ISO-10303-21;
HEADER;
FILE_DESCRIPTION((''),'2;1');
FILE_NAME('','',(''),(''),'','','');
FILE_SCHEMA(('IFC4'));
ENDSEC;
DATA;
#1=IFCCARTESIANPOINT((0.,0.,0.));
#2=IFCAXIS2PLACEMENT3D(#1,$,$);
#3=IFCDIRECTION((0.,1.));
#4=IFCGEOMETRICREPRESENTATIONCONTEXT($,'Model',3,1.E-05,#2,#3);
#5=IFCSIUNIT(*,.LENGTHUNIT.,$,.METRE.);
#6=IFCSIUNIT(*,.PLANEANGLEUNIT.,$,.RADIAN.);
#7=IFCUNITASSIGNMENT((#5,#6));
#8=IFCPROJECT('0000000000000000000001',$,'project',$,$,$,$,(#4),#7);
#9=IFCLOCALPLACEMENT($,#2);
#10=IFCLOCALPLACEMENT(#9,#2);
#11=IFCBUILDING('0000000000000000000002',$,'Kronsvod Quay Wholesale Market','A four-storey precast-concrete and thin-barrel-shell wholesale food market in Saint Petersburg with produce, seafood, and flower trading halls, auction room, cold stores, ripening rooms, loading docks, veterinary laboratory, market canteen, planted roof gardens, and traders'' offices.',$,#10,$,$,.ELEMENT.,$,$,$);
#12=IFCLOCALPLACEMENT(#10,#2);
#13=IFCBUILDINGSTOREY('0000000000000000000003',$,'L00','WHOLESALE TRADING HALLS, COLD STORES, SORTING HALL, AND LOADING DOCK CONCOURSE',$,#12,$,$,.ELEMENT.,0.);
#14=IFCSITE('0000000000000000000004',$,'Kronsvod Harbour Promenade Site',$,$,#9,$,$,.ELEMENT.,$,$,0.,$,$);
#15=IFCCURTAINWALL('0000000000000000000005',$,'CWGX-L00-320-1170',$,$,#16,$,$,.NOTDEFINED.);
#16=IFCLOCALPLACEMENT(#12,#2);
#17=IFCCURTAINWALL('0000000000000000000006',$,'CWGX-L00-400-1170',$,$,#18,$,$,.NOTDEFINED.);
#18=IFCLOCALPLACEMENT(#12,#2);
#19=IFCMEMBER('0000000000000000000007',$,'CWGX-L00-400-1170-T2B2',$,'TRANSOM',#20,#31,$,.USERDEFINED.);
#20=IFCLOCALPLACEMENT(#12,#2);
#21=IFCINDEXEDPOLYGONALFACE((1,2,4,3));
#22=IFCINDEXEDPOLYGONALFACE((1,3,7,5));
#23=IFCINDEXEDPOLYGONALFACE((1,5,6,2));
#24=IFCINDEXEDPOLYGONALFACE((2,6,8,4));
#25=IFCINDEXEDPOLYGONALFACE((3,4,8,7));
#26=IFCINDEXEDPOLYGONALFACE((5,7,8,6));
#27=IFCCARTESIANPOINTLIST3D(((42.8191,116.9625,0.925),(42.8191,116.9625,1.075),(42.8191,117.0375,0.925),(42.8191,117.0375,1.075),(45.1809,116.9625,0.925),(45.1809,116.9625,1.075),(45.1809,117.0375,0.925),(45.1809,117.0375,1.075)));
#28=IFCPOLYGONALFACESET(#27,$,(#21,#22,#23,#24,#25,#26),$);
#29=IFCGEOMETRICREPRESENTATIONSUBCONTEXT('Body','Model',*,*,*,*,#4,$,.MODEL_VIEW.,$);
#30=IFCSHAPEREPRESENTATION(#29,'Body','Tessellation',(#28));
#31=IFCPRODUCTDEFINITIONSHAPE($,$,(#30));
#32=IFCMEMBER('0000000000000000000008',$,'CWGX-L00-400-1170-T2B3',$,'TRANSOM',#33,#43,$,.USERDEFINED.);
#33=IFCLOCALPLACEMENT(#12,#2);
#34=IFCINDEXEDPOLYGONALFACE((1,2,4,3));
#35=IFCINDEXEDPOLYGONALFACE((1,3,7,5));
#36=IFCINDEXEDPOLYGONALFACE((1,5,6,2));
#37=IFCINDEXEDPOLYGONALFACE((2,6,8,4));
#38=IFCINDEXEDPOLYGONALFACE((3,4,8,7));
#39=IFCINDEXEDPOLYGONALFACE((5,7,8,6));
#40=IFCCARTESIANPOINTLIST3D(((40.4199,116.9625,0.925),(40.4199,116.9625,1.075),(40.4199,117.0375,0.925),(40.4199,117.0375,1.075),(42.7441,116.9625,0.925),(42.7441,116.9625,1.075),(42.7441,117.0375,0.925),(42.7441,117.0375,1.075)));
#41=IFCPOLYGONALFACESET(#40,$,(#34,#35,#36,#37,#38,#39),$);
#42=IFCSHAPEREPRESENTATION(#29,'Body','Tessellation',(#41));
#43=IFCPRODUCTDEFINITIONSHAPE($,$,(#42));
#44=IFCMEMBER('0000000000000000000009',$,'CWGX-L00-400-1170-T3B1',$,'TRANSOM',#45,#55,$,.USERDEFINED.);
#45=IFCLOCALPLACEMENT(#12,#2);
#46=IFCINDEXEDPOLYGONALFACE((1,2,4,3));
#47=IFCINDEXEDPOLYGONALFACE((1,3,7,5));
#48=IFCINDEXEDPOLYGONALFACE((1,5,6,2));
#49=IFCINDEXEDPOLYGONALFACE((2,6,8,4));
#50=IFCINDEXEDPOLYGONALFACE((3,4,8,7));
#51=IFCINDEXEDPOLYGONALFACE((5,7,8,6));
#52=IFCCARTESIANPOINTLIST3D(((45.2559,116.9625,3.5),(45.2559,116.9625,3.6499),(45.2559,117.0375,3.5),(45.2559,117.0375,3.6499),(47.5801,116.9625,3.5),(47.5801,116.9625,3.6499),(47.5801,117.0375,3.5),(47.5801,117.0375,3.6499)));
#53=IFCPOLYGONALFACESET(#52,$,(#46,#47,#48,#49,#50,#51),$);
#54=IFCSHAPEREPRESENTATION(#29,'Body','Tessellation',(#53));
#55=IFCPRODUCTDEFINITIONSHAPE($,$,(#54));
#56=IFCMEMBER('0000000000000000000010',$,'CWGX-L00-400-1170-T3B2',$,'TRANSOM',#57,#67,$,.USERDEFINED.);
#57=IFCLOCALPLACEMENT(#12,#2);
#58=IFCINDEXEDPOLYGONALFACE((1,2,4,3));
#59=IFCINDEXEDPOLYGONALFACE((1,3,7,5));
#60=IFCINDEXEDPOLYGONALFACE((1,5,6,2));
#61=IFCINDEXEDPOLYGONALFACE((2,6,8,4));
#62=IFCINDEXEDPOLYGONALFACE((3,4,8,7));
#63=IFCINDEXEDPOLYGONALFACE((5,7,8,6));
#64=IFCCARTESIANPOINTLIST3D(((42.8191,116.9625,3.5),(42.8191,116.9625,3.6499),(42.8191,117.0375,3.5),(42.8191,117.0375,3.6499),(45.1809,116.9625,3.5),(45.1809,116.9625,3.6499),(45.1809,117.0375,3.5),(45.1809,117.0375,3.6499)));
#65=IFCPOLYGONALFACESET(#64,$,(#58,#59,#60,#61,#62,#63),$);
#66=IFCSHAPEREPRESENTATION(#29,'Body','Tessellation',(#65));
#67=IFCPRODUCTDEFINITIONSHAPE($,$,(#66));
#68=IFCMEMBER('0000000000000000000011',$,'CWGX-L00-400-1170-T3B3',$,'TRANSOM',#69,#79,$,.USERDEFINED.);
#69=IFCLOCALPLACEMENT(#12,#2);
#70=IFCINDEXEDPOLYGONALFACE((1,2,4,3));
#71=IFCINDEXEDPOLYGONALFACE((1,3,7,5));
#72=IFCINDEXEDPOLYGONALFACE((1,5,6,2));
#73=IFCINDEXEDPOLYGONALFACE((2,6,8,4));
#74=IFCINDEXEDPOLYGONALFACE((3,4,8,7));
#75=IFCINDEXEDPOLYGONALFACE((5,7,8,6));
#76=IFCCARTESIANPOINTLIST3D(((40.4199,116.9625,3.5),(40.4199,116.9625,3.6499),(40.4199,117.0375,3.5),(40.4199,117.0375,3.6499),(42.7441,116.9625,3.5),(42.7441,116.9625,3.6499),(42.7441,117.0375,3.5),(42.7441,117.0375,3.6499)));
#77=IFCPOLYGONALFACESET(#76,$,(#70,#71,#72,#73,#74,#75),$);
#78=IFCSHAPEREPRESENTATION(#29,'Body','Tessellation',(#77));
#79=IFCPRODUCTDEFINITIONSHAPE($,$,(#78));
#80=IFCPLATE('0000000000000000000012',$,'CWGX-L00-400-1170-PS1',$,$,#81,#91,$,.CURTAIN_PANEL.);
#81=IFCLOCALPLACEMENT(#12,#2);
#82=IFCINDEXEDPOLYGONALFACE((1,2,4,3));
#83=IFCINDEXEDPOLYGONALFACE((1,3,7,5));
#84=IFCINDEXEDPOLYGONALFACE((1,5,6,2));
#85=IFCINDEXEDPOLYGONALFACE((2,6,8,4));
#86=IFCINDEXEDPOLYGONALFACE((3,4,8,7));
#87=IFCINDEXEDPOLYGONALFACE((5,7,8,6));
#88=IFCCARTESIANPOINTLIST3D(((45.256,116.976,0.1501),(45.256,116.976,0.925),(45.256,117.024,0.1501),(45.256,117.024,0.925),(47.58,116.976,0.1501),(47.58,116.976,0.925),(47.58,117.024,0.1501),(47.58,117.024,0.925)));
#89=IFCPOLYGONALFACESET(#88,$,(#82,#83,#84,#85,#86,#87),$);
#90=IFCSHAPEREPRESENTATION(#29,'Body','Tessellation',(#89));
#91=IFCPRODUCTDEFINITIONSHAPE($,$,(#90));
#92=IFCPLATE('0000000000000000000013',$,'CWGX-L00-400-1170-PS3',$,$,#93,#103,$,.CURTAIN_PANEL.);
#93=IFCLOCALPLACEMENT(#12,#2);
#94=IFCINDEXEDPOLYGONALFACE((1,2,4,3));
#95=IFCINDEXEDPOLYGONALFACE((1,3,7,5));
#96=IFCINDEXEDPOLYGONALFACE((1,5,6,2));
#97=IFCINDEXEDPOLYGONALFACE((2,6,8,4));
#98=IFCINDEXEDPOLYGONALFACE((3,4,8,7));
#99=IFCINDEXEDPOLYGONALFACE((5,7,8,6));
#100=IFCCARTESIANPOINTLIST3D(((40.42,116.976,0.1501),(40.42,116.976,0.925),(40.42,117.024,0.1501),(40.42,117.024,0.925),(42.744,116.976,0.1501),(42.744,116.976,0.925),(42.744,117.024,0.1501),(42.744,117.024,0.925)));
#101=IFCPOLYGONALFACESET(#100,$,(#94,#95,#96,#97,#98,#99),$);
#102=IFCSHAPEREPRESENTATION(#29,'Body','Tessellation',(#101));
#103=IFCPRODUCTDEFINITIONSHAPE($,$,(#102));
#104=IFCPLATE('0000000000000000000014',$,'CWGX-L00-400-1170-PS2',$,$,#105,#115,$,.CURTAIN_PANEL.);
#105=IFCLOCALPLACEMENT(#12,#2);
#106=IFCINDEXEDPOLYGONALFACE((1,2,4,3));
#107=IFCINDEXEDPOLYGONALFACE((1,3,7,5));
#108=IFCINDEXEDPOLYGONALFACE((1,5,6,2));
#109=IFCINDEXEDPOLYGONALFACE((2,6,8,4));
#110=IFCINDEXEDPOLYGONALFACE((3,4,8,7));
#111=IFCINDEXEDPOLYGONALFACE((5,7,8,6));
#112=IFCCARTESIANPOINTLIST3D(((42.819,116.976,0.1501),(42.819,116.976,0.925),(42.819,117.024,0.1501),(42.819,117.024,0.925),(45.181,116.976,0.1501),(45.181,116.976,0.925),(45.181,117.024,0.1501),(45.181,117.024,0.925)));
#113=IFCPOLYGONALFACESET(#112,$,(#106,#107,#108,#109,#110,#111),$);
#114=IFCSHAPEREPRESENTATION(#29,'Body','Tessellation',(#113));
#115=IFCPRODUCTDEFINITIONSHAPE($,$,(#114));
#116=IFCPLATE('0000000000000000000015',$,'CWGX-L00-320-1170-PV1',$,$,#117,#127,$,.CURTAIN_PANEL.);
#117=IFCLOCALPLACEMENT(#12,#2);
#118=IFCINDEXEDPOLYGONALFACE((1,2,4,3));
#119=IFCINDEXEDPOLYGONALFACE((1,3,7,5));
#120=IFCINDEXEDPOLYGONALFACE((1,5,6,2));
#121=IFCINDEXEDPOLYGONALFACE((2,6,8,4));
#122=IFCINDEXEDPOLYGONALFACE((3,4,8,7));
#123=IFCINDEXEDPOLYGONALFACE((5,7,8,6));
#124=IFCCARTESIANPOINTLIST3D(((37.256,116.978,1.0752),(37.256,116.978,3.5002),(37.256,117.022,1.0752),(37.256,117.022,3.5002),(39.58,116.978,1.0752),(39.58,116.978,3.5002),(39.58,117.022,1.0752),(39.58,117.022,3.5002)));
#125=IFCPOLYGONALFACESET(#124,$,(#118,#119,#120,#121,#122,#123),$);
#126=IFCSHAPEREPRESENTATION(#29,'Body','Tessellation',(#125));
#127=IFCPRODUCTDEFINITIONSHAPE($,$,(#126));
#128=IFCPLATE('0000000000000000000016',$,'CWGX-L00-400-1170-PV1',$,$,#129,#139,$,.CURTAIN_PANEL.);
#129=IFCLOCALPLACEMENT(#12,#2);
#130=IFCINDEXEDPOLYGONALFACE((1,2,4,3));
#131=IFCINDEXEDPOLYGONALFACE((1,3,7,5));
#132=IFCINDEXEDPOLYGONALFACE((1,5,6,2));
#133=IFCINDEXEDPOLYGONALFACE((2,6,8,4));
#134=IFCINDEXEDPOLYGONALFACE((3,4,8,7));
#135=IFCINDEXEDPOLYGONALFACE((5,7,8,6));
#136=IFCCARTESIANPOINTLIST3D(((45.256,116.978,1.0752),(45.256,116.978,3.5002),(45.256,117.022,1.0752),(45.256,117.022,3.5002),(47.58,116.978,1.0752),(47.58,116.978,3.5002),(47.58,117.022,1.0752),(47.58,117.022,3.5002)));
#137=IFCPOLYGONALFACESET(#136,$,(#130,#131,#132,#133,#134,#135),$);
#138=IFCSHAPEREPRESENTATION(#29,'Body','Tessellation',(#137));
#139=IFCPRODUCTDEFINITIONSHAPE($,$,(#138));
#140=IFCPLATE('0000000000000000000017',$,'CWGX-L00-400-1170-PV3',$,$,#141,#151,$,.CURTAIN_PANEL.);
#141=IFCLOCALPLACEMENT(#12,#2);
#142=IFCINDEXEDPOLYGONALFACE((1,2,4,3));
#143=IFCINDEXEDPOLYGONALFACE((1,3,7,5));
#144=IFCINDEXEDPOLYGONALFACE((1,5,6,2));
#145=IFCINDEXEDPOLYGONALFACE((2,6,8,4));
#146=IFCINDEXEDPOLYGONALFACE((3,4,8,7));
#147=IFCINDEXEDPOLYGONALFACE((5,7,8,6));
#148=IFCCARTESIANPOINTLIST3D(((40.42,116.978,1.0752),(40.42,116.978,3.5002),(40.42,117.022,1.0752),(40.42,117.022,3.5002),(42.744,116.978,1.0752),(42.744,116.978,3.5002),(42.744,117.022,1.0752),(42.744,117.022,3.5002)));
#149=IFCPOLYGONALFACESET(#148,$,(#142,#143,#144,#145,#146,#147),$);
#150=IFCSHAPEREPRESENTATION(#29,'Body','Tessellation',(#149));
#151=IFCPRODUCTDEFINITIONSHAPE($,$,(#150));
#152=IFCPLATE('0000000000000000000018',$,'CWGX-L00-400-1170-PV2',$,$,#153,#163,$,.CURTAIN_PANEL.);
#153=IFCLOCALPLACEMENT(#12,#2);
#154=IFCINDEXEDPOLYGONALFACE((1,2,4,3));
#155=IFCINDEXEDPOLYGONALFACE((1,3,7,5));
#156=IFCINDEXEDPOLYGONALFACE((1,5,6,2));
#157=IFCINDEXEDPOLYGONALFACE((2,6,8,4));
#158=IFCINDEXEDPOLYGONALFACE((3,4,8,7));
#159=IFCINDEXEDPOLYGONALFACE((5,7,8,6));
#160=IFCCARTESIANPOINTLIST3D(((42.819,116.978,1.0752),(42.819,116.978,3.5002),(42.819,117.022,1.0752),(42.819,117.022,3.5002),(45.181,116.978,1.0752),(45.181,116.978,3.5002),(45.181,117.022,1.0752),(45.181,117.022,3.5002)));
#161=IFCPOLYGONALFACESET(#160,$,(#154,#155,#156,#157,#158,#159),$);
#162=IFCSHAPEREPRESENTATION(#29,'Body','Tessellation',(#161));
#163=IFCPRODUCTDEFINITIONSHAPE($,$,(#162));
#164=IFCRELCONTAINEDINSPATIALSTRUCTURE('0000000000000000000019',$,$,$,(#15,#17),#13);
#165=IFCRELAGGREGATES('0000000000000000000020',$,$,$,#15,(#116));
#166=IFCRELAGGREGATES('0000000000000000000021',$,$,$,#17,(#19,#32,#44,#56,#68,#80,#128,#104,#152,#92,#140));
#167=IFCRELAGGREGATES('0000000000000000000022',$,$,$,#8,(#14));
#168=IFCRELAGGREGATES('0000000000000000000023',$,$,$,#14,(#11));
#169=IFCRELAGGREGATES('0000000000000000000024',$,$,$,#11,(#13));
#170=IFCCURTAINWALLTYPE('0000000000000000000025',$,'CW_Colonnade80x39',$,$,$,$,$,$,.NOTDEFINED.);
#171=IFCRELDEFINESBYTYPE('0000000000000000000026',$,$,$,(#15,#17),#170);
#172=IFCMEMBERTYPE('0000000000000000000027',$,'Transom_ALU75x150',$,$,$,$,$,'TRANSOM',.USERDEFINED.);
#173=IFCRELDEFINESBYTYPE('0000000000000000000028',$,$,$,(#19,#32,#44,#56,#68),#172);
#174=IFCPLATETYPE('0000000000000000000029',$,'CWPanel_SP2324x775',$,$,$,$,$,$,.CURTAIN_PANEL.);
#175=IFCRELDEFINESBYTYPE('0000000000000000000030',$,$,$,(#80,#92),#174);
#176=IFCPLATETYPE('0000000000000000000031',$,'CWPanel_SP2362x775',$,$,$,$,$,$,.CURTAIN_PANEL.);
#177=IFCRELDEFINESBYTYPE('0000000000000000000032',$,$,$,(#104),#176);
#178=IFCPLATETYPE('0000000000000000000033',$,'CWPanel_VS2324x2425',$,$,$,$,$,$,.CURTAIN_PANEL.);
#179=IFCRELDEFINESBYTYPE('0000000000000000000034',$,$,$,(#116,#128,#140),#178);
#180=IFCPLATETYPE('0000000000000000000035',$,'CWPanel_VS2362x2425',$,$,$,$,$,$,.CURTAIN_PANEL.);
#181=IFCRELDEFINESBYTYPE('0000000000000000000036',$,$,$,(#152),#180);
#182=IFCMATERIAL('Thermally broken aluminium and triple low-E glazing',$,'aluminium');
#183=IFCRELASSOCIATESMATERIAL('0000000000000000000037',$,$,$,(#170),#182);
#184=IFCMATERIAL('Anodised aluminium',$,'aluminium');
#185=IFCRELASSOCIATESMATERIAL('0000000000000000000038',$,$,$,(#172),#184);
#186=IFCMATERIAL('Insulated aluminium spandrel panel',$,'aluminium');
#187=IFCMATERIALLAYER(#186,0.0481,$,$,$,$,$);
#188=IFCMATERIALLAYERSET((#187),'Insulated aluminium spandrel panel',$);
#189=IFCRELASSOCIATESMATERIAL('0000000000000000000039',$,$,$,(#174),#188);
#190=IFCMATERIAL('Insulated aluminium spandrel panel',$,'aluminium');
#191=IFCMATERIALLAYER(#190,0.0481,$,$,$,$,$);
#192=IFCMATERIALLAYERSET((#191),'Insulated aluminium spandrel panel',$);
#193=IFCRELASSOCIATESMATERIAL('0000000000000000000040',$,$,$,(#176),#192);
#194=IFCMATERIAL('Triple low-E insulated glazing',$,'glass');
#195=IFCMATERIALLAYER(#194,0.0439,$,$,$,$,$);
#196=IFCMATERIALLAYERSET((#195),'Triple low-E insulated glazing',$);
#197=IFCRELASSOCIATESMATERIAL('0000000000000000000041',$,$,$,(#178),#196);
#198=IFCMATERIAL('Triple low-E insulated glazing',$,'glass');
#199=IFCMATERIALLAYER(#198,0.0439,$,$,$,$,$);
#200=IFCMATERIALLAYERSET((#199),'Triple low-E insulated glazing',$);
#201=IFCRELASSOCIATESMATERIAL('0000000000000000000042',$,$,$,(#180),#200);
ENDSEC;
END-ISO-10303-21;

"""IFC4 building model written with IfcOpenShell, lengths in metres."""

from ifc_helpers import new_model, si_unit, direction, frame, origin, origin_2d, place, context, subcontext, project, spatial, rectangle, extrude, material, layer, layer_set, material_profile, profile_set, type_object, element, aggregate, save


model = new_model("IFC4")

# Units and contexts
model_context = context("Model", 3, precision=1e-05, world=origin(), true_north=direction((0.0, 1.0)))
body_context = subcontext(model_context, "Body", "Model", "MODEL_VIEW")
ifc_project = project(units=[si_unit("LENGTHUNIT", "METRE"), si_unit("PLANEANGLEUNIT", "RADIAN")], contexts=[model_context])

# Site, building, storey
site_placement = place(None, origin())
site = spatial("IfcSite", under=ifc_project, at=site_placement, Name="Kronsvod Harbour Promenade Site", CompositionType="ELEMENT", RefElevation=0.0)
building_placement = place(site_placement, origin())
building = spatial("IfcBuilding", under=site, at=building_placement, Name="Kronsvod Quay Wholesale Market", Description="A four-storey precast-concrete and thin-barrel-shell wholesale food market in Saint Petersburg with produce, seafood, and flower trading halls, auction room, cold stores, ripening rooms, loading docks, veterinary laboratory, market canteen, planted roof gardens, and traders' offices.", CompositionType="ELEMENT")
storey_placement = place(building_placement, origin())
storey = spatial("IfcBuildingStorey", under=building, at=storey_placement, Name="L00", Description="WHOLESALE TRADING HALLS, COLD STORES, SORTING HALL, AND LOADING DOCK CONCOURSE", CompositionType="ELEMENT", Elevation=0.0)

# Curtain wall
ifc_material_1 = material(Name="Thermally broken aluminium and triple low-E glazing", Category="aluminium")
curtain_wall_type = type_object("IfcCurtainWallType", Name="CW_Colonnade80x39", PredefinedType="NOTDEFINED", material=ifc_material_1)
curtain_wall_1_placement = place(storey_placement, origin())
curtain_wall_1 = element("IfcCurtainWall", 1, at=curtain_wall_1_placement, inside=storey, type_object=curtain_wall_type, Name="CWGX-L00-320-1170", PredefinedType="NOTDEFINED")

# Curtain wall
curtain_wall_2_placement = place(storey_placement, origin())
curtain_wall_2 = element("IfcCurtainWall", 2, at=curtain_wall_2_placement, inside=storey, type_object=curtain_wall_type, Name="CWGX-L00-400-1170", PredefinedType="NOTDEFINED")

# Members
ifc_material_2 = material(Name="Anodised aluminium", Category="aluminium")
ifc_material_profile_1 = material_profile(ifc_material_2, rectangle(XDim=0.075, YDim=0.1499, at=origin_2d()), Name="ALUT75x150")
ifc_profile_set_1 = profile_set([ifc_material_profile_1], Name="Anodised aluminium")
member_type_1 = type_object("IfcMemberType", Name="Transom_ALU75x150", ElementType="TRANSOM", PredefinedType="USERDEFINED", material=ifc_profile_set_1)
member_1_placement = place(storey_placement, frame((45.1809, 117.0, 1.0), z_axis=(-1.0, 0.0, 0.0), x_axis=(0.0, -1.0, 0.0)))
member_1 = element("IfcMember", 3, at=member_1_placement, type_object=member_type_1, Name="CWGX-L00-400-1170-T2B2", ObjectType="TRANSOM", PredefinedType="USERDEFINED", context=body_context, shape_type="SweptSolid", body=[
    extrude(rectangle(XDim=0.075, YDim=0.1499, at=origin_2d()), origin(), (0.0, 0.0, 1.0), 2.3618),
])
member_2_placement = place(storey_placement, frame((42.7441, 117.0, 1.0), z_axis=(-1.0, 0.0, 0.0), x_axis=(0.0, -1.0, 0.0)))
member_2 = element("IfcMember", 4, at=member_2_placement, type_object=member_type_1, Name="CWGX-L00-400-1170-T2B3", ObjectType="TRANSOM", PredefinedType="USERDEFINED", context=body_context, shape_type="SweptSolid", body=[
    extrude(rectangle(XDim=0.075, YDim=0.1499, at=origin_2d()), origin(), (0.0, 0.0, 1.0), 2.3242),
])
member_3_placement = place(storey_placement, frame((47.5801, 117.0, 3.575), z_axis=(-1.0, 0.0, 0.0), x_axis=(0.0, -1.0, 0.0)))
member_3 = element("IfcMember", 5, at=member_3_placement, type_object=member_type_1, Name="CWGX-L00-400-1170-T3B1", ObjectType="TRANSOM", PredefinedType="USERDEFINED", context=body_context, shape_type="SweptSolid", body=[
    extrude(rectangle(XDim=0.075, YDim=0.1499, at=origin_2d()), origin(), (0.0, 0.0, 1.0), 2.3242),
])
member_4_placement = place(storey_placement, frame((45.1809, 117.0, 3.575), z_axis=(-1.0, 0.0, 0.0), x_axis=(0.0, -1.0, 0.0)))
member_4 = element("IfcMember", 6, at=member_4_placement, type_object=member_type_1, Name="CWGX-L00-400-1170-T3B2", ObjectType="TRANSOM", PredefinedType="USERDEFINED", context=body_context, shape_type="SweptSolid", body=[
    extrude(rectangle(XDim=0.075, YDim=0.1499, at=origin_2d()), origin(), (0.0, 0.0, 1.0), 2.3618),
])
member_5_placement = place(storey_placement, frame((42.7441, 117.0, 3.575), z_axis=(-1.0, 0.0, 0.0), x_axis=(0.0, -1.0, 0.0)))
member_5 = element("IfcMember", 7, at=member_5_placement, type_object=member_type_1, Name="CWGX-L00-400-1170-T3B3", ObjectType="TRANSOM", PredefinedType="USERDEFINED", context=body_context, shape_type="SweptSolid", body=[
    extrude(rectangle(XDim=0.075, YDim=0.1499, at=origin_2d()), origin(), (0.0, 0.0, 1.0), 2.3242),
])

# Plates
ifc_material_3 = material(Name="Insulated aluminium spandrel panel", Category="aluminium")
ifc_layer_1 = layer(ifc_material_3, 0.0481)
ifc_layer_set_1 = layer_set([ifc_layer_1], Name="Insulated aluminium spandrel panel")
plate_type_1 = type_object("IfcPlateType", Name="CWPanel_SP2324x775", PredefinedType="CURTAIN_PANEL", material=ifc_layer_set_1)
plate_1_placement = place(storey_placement, frame((46.418, 117.0, 0.1501), z_axis=(0.0, 0.0, 1.0), x_axis=(-1.0, 0.0, 0.0)))
plate_1 = element("IfcPlate", 8, at=plate_1_placement, type_object=plate_type_1, Name="CWGX-L00-400-1170-PS1", PredefinedType="CURTAIN_PANEL", context=body_context, shape_type="SweptSolid", body=[
    extrude(rectangle(XDim=2.324, YDim=0.0481, at=origin_2d()), origin(), (0.0, 0.0, 1.0), 0.7749),
])
plate_2_placement = place(storey_placement, frame((41.582, 117.0, 0.1501), z_axis=(0.0, 0.0, 1.0), x_axis=(-1.0, 0.0, 0.0)))
plate_2 = element("IfcPlate", 9, at=plate_2_placement, type_object=plate_type_1, Name="CWGX-L00-400-1170-PS3", PredefinedType="CURTAIN_PANEL", context=body_context, shape_type="SweptSolid", body=[
    extrude(rectangle(XDim=2.324, YDim=0.0481, at=origin_2d()), origin(), (0.0, 0.0, 1.0), 0.7749),
])
ifc_material_4 = material(Name="Insulated aluminium spandrel panel", Category="aluminium")
ifc_layer_2 = layer(ifc_material_4, 0.0481)
ifc_layer_set_2 = layer_set([ifc_layer_2], Name="Insulated aluminium spandrel panel")
plate_type_2 = type_object("IfcPlateType", Name="CWPanel_SP2362x775", PredefinedType="CURTAIN_PANEL", material=ifc_layer_set_2)
plate_3_placement = place(storey_placement, frame((44.0, 117.0, 0.1501), z_axis=(0.0, 0.0, 1.0), x_axis=(-1.0, 0.0, 0.0)))
plate_3 = element("IfcPlate", 10, at=plate_3_placement, type_object=plate_type_2, Name="CWGX-L00-400-1170-PS2", PredefinedType="CURTAIN_PANEL", context=body_context, shape_type="SweptSolid", body=[
    extrude(rectangle(XDim=2.3621, YDim=0.0481, at=origin_2d()), origin(), (0.0, 0.0, 1.0), 0.7749),
])
ifc_material_5 = material(Name="Triple low-E insulated glazing", Category="glass")
ifc_layer_3 = layer(ifc_material_5, 0.0439)
ifc_layer_set_3 = layer_set([ifc_layer_3], Name="Triple low-E insulated glazing")
plate_type_3 = type_object("IfcPlateType", Name="CWPanel_VS2324x2425", PredefinedType="CURTAIN_PANEL", material=ifc_layer_set_3)
plate_4_placement = place(storey_placement, frame((38.418, 117.0, 1.0752), z_axis=(0.0, 0.0, 1.0), x_axis=(-1.0, 0.0, 0.0)))
plate_4 = element("IfcPlate", 11, at=plate_4_placement, type_object=plate_type_3, Name="CWGX-L00-320-1170-PV1", PredefinedType="CURTAIN_PANEL", context=body_context, shape_type="SweptSolid", body=[
    extrude(rectangle(XDim=2.324, YDim=0.0439, at=origin_2d()), origin(), (0.0, 0.0, 1.0), 2.425),
])
aggregate(curtain_wall_1, [plate_4])
plate_5_placement = place(storey_placement, frame((46.418, 117.0, 1.0752), z_axis=(0.0, 0.0, 1.0), x_axis=(-1.0, 0.0, 0.0)))
plate_5 = element("IfcPlate", 12, at=plate_5_placement, type_object=plate_type_3, Name="CWGX-L00-400-1170-PV1", PredefinedType="CURTAIN_PANEL", context=body_context, shape_type="SweptSolid", body=[
    extrude(rectangle(XDim=2.324, YDim=0.0439, at=origin_2d()), origin(), (0.0, 0.0, 1.0), 2.425),
])
plate_6_placement = place(storey_placement, frame((41.582, 117.0, 1.0752), z_axis=(0.0, 0.0, 1.0), x_axis=(-1.0, 0.0, 0.0)))
plate_6 = element("IfcPlate", 13, at=plate_6_placement, type_object=plate_type_3, Name="CWGX-L00-400-1170-PV3", PredefinedType="CURTAIN_PANEL", context=body_context, shape_type="SweptSolid", body=[
    extrude(rectangle(XDim=2.324, YDim=0.0439, at=origin_2d()), origin(), (0.0, 0.0, 1.0), 2.425),
])
ifc_material_6 = material(Name="Triple low-E insulated glazing", Category="glass")
ifc_layer_4 = layer(ifc_material_6, 0.0439)
ifc_layer_set_4 = layer_set([ifc_layer_4], Name="Triple low-E insulated glazing")
plate_type_4 = type_object("IfcPlateType", Name="CWPanel_VS2362x2425", PredefinedType="CURTAIN_PANEL", material=ifc_layer_set_4)
plate_7_placement = place(storey_placement, frame((44.0, 117.0, 1.0752), z_axis=(0.0, 0.0, 1.0), x_axis=(-1.0, 0.0, 0.0)))
plate_7 = element("IfcPlate", 14, at=plate_7_placement, type_object=plate_type_4, Name="CWGX-L00-400-1170-PV2", PredefinedType="CURTAIN_PANEL", context=body_context, shape_type="SweptSolid", body=[
    extrude(rectangle(XDim=2.3621, YDim=0.0439, at=origin_2d()), origin(), (0.0, 0.0, 1.0), 2.425),
])
aggregate(curtain_wall_2, [member_1, member_2, member_3, member_4, member_5, plate_1, plate_5, plate_3, plate_7, plate_2, plate_6])

save(model, "model.ifc")
